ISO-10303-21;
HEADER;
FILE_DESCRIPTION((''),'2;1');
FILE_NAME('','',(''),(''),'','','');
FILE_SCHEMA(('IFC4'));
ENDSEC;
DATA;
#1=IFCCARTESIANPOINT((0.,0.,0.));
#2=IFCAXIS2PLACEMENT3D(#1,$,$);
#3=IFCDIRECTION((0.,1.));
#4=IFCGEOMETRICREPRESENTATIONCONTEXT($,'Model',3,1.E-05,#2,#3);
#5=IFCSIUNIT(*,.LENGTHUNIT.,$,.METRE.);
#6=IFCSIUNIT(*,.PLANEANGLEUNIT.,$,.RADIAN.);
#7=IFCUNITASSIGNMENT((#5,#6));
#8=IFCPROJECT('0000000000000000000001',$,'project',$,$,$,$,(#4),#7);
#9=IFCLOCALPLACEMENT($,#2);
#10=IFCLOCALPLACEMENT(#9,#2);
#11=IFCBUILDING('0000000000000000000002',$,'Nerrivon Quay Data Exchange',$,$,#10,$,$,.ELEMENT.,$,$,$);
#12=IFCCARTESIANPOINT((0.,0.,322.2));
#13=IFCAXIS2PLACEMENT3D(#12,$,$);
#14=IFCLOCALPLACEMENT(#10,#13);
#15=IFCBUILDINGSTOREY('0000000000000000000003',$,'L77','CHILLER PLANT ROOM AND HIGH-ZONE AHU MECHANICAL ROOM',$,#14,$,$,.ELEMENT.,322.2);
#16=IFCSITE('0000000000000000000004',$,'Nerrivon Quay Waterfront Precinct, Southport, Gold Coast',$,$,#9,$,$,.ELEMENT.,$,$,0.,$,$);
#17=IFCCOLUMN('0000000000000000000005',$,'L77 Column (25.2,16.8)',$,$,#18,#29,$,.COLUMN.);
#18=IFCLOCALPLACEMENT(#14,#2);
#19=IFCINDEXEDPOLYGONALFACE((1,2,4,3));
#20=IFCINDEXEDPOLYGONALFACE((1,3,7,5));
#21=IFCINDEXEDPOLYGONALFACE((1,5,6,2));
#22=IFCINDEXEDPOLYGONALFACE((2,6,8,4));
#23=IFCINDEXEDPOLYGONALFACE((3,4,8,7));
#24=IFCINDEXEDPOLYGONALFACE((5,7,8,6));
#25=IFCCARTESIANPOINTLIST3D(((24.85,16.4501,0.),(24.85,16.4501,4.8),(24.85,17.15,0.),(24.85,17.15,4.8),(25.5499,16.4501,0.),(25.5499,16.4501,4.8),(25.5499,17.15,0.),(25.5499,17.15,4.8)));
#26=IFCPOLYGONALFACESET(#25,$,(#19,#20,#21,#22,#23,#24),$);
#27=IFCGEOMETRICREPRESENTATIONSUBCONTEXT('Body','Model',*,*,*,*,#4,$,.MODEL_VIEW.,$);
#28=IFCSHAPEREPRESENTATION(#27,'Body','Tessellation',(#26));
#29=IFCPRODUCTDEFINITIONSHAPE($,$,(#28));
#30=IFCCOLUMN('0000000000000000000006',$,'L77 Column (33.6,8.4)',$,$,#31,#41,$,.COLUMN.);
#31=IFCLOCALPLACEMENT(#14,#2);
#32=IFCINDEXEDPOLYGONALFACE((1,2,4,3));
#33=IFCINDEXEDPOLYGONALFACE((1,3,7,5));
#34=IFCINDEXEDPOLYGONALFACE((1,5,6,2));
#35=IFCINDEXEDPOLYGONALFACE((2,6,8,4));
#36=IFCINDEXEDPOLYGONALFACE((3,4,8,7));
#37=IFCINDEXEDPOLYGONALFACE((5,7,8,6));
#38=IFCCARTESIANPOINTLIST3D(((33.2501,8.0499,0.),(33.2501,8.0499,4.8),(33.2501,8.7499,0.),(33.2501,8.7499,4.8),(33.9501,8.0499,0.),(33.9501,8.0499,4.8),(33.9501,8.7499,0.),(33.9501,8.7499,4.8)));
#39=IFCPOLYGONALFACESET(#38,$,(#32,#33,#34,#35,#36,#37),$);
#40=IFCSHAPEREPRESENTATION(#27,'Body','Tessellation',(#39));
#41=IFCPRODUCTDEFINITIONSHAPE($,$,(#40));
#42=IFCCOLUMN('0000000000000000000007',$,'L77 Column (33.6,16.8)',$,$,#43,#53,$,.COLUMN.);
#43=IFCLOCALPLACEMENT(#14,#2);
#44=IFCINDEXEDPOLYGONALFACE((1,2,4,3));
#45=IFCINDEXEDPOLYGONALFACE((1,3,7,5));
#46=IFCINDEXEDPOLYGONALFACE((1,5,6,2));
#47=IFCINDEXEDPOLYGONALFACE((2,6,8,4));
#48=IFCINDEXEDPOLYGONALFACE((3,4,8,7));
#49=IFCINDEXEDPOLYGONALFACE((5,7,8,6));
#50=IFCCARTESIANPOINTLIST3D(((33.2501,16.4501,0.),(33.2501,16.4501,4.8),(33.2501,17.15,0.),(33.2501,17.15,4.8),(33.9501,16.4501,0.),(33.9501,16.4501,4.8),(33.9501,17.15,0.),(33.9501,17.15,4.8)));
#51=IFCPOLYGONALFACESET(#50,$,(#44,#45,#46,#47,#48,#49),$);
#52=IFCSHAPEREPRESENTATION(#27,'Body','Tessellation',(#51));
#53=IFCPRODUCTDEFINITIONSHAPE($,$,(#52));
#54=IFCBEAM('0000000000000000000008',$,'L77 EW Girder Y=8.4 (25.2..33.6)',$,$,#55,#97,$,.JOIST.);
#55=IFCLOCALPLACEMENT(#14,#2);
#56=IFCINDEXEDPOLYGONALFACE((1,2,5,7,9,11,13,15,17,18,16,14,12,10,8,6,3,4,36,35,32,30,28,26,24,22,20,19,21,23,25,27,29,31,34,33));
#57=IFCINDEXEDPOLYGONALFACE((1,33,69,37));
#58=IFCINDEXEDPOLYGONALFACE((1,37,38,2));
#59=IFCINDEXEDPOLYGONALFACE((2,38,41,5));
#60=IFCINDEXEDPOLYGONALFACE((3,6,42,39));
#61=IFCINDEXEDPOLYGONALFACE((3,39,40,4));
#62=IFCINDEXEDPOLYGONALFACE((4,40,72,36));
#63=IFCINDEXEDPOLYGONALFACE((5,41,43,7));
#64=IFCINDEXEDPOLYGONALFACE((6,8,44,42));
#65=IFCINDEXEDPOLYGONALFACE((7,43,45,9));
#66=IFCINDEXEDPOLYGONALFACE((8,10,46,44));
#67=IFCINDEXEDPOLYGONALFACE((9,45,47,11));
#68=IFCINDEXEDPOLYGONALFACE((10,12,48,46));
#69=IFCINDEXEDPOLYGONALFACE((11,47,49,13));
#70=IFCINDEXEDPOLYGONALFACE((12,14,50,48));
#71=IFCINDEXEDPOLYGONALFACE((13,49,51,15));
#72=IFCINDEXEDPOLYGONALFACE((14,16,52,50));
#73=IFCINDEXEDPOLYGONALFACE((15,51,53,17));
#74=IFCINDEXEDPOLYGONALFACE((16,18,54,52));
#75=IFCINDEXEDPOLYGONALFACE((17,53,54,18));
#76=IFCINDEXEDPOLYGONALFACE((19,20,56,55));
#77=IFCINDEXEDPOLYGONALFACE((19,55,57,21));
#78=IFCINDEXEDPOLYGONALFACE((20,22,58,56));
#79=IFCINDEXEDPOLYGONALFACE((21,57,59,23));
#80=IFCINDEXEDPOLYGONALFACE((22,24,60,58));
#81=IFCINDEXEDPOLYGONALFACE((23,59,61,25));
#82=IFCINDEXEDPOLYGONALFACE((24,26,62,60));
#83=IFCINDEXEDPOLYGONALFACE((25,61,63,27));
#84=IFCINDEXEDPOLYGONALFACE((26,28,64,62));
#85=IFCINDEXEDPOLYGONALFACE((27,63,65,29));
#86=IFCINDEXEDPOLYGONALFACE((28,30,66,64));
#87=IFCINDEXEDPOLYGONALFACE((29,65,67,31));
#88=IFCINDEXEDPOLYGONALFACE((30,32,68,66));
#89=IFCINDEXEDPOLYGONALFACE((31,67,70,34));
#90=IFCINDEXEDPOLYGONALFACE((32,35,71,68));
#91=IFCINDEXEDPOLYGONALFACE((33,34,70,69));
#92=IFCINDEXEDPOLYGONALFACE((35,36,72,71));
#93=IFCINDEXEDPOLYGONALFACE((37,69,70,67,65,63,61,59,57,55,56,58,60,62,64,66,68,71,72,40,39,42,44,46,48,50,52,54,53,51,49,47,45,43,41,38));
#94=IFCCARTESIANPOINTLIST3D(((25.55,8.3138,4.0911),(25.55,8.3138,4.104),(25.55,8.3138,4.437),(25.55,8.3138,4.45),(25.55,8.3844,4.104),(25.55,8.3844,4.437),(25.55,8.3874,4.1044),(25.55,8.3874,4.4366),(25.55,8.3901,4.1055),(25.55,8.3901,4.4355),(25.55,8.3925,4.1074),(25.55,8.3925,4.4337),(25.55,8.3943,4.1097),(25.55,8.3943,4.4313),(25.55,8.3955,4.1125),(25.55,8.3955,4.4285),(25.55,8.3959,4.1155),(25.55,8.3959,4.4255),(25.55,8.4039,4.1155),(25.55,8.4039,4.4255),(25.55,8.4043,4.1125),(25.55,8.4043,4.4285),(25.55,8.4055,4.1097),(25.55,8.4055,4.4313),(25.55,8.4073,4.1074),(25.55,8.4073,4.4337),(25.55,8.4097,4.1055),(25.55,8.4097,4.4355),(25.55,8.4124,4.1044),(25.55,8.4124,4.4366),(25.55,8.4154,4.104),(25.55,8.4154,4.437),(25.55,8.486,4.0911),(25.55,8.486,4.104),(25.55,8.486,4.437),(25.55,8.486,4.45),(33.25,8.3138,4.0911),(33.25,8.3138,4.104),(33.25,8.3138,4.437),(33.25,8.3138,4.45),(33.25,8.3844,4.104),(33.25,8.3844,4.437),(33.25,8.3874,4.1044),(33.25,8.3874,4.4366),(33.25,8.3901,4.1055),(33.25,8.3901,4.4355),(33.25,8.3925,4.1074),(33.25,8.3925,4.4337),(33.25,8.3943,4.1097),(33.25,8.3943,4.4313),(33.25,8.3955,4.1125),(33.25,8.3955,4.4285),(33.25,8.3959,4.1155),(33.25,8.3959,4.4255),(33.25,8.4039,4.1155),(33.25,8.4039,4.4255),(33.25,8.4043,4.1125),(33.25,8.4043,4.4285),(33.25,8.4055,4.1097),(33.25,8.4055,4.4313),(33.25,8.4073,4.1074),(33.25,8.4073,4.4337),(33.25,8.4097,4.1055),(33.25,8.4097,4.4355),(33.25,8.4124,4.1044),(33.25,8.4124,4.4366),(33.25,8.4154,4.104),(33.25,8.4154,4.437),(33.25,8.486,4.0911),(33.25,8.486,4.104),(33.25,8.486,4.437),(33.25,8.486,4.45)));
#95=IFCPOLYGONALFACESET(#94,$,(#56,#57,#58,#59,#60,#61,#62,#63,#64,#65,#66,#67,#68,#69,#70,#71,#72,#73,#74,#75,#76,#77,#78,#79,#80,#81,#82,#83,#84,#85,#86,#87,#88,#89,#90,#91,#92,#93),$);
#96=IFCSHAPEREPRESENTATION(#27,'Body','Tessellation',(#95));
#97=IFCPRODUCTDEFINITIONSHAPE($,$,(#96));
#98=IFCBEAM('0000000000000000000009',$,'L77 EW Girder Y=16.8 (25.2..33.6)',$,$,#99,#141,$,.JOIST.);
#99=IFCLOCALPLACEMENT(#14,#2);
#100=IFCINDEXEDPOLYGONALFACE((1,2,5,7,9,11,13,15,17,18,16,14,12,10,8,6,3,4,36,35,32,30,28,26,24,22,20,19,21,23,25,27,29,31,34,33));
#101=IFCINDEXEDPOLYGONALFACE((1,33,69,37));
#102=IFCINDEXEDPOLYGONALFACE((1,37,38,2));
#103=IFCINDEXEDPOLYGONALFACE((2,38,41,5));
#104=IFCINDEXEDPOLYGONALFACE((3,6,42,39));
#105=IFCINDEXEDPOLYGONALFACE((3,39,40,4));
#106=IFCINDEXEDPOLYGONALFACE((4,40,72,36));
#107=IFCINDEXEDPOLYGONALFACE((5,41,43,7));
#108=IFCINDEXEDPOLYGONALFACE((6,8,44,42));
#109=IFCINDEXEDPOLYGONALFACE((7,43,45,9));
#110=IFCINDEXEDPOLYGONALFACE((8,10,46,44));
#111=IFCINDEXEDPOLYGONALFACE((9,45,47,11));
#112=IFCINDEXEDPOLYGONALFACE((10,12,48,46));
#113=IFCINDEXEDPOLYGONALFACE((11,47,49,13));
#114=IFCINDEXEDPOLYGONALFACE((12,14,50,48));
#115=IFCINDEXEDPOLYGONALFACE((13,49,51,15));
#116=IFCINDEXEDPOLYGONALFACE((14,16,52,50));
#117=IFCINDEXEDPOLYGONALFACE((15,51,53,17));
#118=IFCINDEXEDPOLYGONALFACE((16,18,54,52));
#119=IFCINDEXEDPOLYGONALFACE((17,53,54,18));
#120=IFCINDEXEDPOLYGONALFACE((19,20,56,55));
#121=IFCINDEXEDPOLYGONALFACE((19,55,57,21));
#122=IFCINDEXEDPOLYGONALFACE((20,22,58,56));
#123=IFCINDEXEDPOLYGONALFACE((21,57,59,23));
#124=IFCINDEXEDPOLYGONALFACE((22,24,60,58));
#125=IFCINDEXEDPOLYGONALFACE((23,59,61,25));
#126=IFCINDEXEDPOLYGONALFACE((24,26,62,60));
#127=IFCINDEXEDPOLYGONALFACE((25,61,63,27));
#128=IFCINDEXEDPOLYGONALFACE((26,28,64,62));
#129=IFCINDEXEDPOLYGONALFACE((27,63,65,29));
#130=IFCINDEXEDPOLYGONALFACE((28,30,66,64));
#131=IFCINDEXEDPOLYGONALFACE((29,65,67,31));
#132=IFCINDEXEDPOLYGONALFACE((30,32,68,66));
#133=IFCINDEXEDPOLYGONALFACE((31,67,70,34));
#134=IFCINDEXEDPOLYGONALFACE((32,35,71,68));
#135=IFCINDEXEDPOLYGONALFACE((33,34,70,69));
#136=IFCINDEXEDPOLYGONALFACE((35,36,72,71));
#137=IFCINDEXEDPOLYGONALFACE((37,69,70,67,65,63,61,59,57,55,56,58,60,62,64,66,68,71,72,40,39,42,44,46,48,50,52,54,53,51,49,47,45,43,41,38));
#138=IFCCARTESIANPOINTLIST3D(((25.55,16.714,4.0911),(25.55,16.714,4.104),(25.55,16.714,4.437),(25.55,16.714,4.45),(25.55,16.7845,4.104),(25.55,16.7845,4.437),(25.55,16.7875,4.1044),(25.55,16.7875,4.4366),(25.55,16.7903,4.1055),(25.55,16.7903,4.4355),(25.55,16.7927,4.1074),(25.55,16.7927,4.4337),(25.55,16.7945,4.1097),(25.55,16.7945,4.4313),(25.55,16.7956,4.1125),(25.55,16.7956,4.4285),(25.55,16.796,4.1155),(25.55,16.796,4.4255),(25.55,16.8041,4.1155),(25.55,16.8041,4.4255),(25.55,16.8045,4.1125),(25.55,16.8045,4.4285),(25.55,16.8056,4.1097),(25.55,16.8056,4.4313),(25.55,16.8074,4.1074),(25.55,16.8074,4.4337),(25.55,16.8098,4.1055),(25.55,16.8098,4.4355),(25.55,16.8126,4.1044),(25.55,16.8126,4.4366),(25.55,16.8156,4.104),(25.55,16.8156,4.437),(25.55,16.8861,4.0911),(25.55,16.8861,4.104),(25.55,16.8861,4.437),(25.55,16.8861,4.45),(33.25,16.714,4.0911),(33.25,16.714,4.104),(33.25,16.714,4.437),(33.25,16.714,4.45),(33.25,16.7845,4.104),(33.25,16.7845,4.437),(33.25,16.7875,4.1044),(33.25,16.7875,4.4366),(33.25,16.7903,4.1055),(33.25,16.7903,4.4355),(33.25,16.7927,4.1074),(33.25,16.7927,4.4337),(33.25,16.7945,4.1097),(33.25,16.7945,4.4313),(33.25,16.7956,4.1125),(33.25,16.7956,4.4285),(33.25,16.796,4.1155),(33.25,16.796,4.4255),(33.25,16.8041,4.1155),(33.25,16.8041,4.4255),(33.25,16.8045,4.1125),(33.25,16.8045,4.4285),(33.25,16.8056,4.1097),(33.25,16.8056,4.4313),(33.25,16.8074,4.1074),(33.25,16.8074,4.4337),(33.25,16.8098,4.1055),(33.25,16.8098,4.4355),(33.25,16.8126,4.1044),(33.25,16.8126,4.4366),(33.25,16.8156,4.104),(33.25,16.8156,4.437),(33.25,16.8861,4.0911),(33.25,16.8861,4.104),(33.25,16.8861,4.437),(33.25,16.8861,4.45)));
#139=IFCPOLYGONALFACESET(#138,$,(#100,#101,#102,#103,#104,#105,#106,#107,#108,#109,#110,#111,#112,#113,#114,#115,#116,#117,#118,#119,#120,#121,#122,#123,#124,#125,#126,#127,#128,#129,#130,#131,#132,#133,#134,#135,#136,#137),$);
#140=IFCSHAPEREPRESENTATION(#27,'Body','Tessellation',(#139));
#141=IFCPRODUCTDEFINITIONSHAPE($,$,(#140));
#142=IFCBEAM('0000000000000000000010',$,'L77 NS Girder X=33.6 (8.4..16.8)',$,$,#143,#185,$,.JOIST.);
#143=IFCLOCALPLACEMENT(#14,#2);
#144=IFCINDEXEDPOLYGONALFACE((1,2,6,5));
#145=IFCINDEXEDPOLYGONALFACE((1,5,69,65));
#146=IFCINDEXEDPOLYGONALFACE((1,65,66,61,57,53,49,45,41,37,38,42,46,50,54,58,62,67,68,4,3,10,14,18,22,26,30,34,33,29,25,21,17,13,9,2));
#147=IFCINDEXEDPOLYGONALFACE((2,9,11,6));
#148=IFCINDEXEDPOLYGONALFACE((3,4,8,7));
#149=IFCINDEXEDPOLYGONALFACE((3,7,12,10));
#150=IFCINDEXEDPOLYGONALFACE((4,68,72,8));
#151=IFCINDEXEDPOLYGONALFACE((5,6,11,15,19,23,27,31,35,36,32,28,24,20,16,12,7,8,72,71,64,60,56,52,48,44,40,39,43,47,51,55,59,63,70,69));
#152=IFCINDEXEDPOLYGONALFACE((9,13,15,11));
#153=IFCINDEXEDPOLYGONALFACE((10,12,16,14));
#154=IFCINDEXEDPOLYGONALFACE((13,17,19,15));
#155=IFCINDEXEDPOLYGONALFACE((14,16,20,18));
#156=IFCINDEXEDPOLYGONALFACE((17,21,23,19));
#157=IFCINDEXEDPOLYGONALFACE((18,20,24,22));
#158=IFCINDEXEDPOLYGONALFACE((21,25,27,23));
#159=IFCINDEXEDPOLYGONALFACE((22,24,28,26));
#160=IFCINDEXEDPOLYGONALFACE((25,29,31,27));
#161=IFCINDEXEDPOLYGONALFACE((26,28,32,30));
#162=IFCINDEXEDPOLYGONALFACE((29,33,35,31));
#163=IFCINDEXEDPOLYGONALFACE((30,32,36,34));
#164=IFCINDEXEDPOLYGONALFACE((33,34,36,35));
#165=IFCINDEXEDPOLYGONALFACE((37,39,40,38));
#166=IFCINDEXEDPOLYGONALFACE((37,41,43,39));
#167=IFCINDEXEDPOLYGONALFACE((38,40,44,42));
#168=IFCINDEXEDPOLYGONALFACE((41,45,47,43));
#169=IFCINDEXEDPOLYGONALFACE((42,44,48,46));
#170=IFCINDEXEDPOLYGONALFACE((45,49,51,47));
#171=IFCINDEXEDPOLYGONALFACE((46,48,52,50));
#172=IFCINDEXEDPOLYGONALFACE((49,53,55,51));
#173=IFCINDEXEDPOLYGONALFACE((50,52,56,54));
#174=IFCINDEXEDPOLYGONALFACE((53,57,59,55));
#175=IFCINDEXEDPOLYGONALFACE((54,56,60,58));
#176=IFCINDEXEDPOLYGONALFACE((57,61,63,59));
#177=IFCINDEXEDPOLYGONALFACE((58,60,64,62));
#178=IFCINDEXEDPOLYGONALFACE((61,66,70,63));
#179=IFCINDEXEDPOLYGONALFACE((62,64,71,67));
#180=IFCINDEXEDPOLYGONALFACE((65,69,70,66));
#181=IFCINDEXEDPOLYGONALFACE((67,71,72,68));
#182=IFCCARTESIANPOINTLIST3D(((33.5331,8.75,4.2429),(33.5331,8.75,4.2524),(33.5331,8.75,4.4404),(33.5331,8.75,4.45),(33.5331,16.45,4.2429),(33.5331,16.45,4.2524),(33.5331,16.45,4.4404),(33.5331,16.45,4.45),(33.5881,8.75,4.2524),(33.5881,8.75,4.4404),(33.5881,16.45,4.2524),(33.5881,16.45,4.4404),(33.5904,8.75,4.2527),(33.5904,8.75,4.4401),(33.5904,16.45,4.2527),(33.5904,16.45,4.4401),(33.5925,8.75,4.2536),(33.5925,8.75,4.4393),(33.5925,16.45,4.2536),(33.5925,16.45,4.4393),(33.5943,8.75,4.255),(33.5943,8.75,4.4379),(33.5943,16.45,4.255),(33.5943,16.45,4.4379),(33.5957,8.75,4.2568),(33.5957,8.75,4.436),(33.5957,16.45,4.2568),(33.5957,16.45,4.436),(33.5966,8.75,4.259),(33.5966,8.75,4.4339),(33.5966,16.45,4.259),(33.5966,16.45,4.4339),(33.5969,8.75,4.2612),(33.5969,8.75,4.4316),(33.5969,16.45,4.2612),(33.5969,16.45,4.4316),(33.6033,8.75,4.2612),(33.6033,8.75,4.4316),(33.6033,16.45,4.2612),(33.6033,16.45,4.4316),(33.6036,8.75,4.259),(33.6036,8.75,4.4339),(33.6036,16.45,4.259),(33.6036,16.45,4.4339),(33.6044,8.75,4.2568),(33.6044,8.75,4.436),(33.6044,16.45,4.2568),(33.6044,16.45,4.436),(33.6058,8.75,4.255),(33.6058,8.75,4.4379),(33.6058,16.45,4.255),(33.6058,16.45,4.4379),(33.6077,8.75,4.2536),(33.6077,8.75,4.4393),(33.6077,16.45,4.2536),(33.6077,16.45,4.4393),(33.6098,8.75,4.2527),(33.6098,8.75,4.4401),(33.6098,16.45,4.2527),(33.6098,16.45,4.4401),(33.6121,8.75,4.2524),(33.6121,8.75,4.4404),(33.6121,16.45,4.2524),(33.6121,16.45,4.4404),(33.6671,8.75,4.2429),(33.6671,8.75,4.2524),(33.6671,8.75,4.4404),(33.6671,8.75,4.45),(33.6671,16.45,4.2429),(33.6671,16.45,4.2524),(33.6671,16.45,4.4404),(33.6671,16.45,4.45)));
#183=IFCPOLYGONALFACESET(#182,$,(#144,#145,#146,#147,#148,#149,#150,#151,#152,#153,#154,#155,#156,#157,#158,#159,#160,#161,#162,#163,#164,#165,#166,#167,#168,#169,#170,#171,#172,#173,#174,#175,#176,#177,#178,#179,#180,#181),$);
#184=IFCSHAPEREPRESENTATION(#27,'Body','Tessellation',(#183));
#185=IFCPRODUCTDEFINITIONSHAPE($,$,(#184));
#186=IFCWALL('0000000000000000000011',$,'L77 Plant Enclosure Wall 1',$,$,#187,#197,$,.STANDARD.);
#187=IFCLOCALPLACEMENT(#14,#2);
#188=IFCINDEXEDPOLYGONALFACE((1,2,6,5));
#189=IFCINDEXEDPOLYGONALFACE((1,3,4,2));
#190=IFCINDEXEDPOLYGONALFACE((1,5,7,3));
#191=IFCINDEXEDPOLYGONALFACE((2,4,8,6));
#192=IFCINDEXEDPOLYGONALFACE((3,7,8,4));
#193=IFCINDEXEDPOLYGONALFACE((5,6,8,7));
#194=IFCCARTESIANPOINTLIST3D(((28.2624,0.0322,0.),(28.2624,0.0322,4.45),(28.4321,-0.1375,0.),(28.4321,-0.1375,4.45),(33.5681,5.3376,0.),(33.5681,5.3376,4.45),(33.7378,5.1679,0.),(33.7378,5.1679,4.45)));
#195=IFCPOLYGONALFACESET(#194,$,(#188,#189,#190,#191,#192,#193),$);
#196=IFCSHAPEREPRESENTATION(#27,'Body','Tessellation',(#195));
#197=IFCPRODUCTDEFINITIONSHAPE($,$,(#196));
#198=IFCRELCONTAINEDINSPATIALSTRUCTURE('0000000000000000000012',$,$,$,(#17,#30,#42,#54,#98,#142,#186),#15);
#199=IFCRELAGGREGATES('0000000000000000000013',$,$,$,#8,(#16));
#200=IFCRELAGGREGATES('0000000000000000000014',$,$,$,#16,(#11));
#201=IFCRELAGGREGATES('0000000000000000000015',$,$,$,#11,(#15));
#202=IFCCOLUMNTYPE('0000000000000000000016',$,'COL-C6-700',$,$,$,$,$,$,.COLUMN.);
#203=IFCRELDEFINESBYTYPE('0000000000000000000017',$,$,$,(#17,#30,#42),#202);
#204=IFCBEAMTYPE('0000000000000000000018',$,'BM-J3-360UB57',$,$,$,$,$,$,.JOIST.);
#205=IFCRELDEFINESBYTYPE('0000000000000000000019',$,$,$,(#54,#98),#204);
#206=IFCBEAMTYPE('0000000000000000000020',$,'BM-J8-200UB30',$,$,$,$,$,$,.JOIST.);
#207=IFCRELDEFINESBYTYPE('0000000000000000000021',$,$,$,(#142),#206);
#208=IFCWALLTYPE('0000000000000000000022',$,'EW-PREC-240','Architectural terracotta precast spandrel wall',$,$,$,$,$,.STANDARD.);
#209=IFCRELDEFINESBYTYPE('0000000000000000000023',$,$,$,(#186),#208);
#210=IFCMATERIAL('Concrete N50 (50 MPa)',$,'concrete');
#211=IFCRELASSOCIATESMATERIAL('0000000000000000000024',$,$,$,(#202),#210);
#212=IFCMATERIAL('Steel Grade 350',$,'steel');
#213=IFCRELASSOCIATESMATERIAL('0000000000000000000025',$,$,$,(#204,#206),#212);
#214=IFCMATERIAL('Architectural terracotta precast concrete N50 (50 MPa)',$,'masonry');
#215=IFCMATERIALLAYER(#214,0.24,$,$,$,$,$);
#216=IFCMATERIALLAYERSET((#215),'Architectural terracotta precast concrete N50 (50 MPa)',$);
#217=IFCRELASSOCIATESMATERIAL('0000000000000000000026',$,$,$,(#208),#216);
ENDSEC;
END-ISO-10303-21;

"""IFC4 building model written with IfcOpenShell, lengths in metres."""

from ifc_helpers import new_model, si_unit, direction, frame, frame_2d, origin, origin_2d, place, context, subcontext, project, spatial, rectangle, i_section, extrude, material, layer, layer_set, material_profile, profile_set, type_object, element, save


model = new_model("IFC4")

# Units and contexts
model_context = context("Model", 3, precision=1e-05, world=origin(), true_north=direction((0.0, 1.0)))
body_context = subcontext(model_context, "Body", "Model", "MODEL_VIEW")
ifc_project = project(units=[si_unit("LENGTHUNIT", "METRE"), si_unit("PLANEANGLEUNIT", "RADIAN")], contexts=[model_context])

# Site, building, storey
site_placement = place(None, origin())
site = spatial("IfcSite", under=ifc_project, at=site_placement, Name="Nerrivon Quay Waterfront Precinct, Southport, Gold Coast", CompositionType="ELEMENT", RefElevation=0.0)
building_placement = place(site_placement, origin())
building = spatial("IfcBuilding", under=site, at=building_placement, Name="Nerrivon Quay Data Exchange", CompositionType="ELEMENT")
storey_placement = place(building_placement, frame((0.0, 0.0, 322.2)))
storey = spatial("IfcBuildingStorey", under=building, at=storey_placement, Name="L77", Description="CHILLER PLANT ROOM AND HIGH-ZONE AHU MECHANICAL ROOM", CompositionType="ELEMENT", Elevation=322.2)

# Columns
ifc_material_1 = material(Name="Concrete N50 (50 MPa)", Category="concrete")
ifc_material_profile_1 = material_profile(ifc_material_1, rectangle(XDim=0.7, YDim=0.7, at=origin_2d()), Name="RC-COL-700x700")
ifc_profile_set_1 = profile_set([ifc_material_profile_1], Name="Concrete N50 (50 MPa)")
column_type = type_object("IfcColumnType", Name="COL-C6-700", PredefinedType="COLUMN", material=ifc_profile_set_1)
for number, where, z_axis, x_axis, name in (
    (1, (25.2, 16.8, 0.0), (0.0, 0.0, 1.0), (1.0, 0.0, 0.0), "L77 Column (25.2,16.8)"),
    (2, (33.6001, 8.3999, 0.0), (0.0, 0.0, 1.0), (1.0, 0.0, 0.0), "L77 Column (33.6,8.4)"),
    (3, (33.6001, 16.8, 0.0), (0.0, 0.0, 1.0), (1.0, 0.0, 0.0), "L77 Column (33.6,16.8)"),
):
    element("IfcColumn", number, at=place(storey_placement, frame(where, z_axis=z_axis, x_axis=x_axis)), inside=storey, type_object=column_type, Name=name, PredefinedType="COLUMN", context=body_context, shape_type="SweptSolid", body=[
        extrude(rectangle(XDim=0.7, YDim=0.7, at=origin_2d()), origin(), (0.0, 0.0, 1.0), 4.8),
    ])

# Beams
ifc_material_2 = material(Name="Steel Grade 350", Category="steel")
ifc_material_profile_2 = material_profile(ifc_material_2, i_section(OverallWidth=0.1721, OverallDepth=0.3589, WebThickness=0.0081, FlangeThickness=0.0129, FilletRadius=0.0115, at=origin_2d()), Name="360UB56.7")
ifc_profile_set_2 = profile_set([ifc_material_profile_2], Name="Steel Grade 350")
beam_type_1 = type_object("IfcBeamType", Name="BM-J3-360UB57", PredefinedType="JOIST", material=ifc_profile_set_2)
for number, where, z_axis, x_axis, name in (
    (4, (25.55, 8.3999, 4.2705), (1.0, 0.0, 0.0), (0.0, 1.0, 0.0), "L77 EW Girder Y=8.4 (25.2..33.6)"),
    (5, (25.55, 16.8, 4.2705), (1.0, 0.0, 0.0), (0.0, 1.0, 0.0), "L77 EW Girder Y=16.8 (25.2..33.6)"),
):
    element("IfcBeam", number, at=place(storey_placement, frame(where, z_axis=z_axis, x_axis=x_axis)), inside=storey, type_object=beam_type_1, Name=name, PredefinedType="JOIST", context=body_context, shape_type="SweptSolid", body=[
        extrude(i_section(OverallWidth=0.1721, OverallDepth=0.3589, WebThickness=0.0081, FlangeThickness=0.0129, FilletRadius=0.0115, at=origin_2d()), origin(), (0.0, 0.0, 1.0), 7.7),
    ])
ifc_material_profile_3 = material_profile(ifc_material_2, i_section(OverallWidth=0.134, OverallDepth=0.207, WebThickness=0.0063, FlangeThickness=0.0095, FilletRadius=0.0088, at=origin_2d()), Name="200UB29.8")
ifc_profile_set_3 = profile_set([ifc_material_profile_3], Name="Steel Grade 350")
beam_type_2 = type_object("IfcBeamType", Name="BM-J8-200UB30", PredefinedType="JOIST", material=ifc_profile_set_3)
beam_placement = place(storey_placement, frame((33.6001, 8.75, 4.3464), z_axis=(0.0, 1.0, 0.0), x_axis=(-1.0, 0.0, 0.0)))
element("IfcBeam", 6, at=beam_placement, inside=storey, type_object=beam_type_2, Name="L77 NS Girder X=33.6 (8.4..16.8)", PredefinedType="JOIST", context=body_context, shape_type="SweptSolid", body=[
    extrude(i_section(OverallWidth=0.134, OverallDepth=0.207, WebThickness=0.0063, FlangeThickness=0.0095, FilletRadius=0.0088, at=origin_2d()), origin(), (0.0, 0.0, 1.0), 7.7),
])

# Wall
ifc_material_3 = material(Name="Architectural terracotta precast concrete N50 (50 MPa)", Category="masonry")
ifc_layer_1 = layer(ifc_material_3, 0.24)
ifc_layer_set_1 = layer_set([ifc_layer_1], Name="Architectural terracotta precast concrete N50 (50 MPa)")
wall_type_1 = type_object("IfcWallType", Name="EW-PREC-240", Description="Architectural terracotta precast spandrel wall", PredefinedType="STANDARD", material=ifc_layer_set_1)
wall_1_placement = place(storey_placement, frame((33.6528, 5.2527, 0.0), z_axis=(0.0, 0.0, 1.0), x_axis=(-0.707123, -0.707091, 0.0)))
element("IfcWall", 7, at=wall_1_placement, inside=storey, type_object=wall_type_1, Name="L77 Plant Enclosure Wall 1", PredefinedType="STANDARD", context=body_context, shape_type="SweptSolid", body=[
    extrude(rectangle(XDim=7.5032, YDim=0.24, at=frame_2d((3.7515, 0.0))), origin(), (0.0, 0.0, 1.0), 4.45),
])

save(model, "model.ifc")
